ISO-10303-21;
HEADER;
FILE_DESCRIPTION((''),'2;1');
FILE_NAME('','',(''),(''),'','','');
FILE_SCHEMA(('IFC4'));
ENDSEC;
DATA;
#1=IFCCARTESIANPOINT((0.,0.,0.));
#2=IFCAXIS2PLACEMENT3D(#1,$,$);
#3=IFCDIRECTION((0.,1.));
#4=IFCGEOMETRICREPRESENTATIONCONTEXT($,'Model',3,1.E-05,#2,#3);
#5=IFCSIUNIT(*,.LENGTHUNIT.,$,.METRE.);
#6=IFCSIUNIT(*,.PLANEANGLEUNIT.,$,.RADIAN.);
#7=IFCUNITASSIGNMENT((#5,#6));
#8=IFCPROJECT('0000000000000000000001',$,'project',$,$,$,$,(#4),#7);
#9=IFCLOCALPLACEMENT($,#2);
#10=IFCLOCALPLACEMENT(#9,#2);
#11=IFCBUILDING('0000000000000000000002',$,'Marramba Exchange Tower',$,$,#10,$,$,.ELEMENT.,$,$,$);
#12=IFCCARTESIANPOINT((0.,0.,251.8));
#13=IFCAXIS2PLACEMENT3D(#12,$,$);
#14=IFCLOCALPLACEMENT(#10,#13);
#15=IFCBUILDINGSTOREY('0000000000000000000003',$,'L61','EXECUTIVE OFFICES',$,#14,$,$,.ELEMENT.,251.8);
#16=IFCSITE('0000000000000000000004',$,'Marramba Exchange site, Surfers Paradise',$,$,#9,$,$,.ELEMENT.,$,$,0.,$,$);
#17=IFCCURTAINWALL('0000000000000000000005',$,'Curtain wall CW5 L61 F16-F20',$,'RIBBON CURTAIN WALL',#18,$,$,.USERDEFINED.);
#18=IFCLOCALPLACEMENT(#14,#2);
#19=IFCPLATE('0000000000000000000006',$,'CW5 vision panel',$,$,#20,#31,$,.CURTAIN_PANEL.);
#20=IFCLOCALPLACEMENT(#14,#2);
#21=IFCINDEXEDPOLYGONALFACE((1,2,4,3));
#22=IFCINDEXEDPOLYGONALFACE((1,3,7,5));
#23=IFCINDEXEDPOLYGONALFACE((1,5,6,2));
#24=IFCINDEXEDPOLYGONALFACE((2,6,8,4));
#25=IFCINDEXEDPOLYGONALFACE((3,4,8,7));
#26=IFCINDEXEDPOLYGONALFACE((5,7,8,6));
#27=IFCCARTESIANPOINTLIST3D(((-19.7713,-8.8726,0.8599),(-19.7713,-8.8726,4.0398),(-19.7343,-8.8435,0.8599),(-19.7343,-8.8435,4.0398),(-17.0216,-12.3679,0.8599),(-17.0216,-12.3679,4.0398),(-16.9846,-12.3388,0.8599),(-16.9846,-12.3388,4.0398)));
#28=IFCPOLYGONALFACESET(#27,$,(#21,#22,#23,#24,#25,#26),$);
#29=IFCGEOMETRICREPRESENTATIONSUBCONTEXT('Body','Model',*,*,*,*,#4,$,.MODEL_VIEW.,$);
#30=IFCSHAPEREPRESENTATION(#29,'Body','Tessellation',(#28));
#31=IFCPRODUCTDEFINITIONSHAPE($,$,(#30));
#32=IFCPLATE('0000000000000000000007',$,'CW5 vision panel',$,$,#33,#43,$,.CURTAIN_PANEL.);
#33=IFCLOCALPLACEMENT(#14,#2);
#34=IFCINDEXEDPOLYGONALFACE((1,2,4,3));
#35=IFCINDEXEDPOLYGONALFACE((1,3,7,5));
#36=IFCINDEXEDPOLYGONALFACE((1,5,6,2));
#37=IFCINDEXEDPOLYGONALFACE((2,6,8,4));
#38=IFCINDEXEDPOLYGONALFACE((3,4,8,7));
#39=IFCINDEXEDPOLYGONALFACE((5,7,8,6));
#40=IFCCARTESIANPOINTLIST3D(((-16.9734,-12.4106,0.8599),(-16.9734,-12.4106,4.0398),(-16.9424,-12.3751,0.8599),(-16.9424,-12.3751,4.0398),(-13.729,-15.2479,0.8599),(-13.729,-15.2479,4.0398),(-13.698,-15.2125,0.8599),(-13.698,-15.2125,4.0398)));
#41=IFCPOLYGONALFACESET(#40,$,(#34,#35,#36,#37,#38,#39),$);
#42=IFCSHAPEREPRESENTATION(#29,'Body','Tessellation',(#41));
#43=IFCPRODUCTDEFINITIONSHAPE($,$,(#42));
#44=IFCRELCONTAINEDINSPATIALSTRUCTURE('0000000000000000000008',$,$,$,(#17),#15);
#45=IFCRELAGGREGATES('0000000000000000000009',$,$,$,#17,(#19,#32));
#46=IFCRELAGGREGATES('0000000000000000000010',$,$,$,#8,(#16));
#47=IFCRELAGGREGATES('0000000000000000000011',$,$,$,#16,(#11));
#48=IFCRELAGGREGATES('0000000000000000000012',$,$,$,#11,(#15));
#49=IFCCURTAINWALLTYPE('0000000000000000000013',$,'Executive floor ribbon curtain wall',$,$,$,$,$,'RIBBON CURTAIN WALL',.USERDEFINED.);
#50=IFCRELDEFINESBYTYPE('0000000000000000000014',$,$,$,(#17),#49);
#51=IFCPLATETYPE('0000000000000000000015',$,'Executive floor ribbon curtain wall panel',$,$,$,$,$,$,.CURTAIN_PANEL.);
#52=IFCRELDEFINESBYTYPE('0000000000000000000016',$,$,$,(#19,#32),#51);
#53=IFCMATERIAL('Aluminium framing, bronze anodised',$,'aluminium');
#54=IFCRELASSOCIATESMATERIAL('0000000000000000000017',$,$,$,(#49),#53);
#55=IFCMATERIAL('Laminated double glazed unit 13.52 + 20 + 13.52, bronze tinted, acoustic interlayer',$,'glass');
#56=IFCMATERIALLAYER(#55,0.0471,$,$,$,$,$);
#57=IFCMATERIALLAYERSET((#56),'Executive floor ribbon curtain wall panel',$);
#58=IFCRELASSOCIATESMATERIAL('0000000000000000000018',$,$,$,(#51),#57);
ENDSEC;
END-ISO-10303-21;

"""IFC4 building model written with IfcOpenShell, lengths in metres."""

from ifc_helpers import new_model, si_unit, direction, frame, origin, origin_2d, place, context, subcontext, project, spatial, rectangle, extrude, material, layer, layer_set, type_object, element, aggregate, save


model = new_model("IFC4")

# Units and contexts
model_context = context("Model", 3, precision=1e-05, world=origin(), true_north=direction((0.0, 1.0)))
body_context = subcontext(model_context, "Body", "Model", "MODEL_VIEW")
ifc_project = project(units=[si_unit("LENGTHUNIT", "METRE"), si_unit("PLANEANGLEUNIT", "RADIAN")], contexts=[model_context])

# Site, building, storey
site_placement = place(None, origin())
site = spatial("IfcSite", under=ifc_project, at=site_placement, Name="Marramba Exchange site, Surfers Paradise", CompositionType="ELEMENT", RefElevation=0.0)
building_placement = place(site_placement, origin())
building = spatial("IfcBuilding", under=site, at=building_placement, Name="Marramba Exchange Tower", CompositionType="ELEMENT")
storey_placement = place(building_placement, frame((0.0, 0.0, 251.8)))
storey = spatial("IfcBuildingStorey", under=building, at=storey_placement, Name="L61", Description="EXECUTIVE OFFICES", CompositionType="ELEMENT", Elevation=251.8)

# Curtain wall
ifc_material_1 = material(Name="Aluminium framing, bronze anodised", Category="aluminium")
curtain_wall_type = type_object("IfcCurtainWallType", Name="Executive floor ribbon curtain wall", ElementType="RIBBON CURTAIN WALL", PredefinedType="USERDEFINED", material=ifc_material_1)
curtain_wall_placement = place(storey_placement, origin())
curtain_wall = element("IfcCurtainWall", 1, at=curtain_wall_placement, inside=storey, type_object=curtain_wall_type, Name="Curtain wall CW5 L61 F16-F20", ObjectType="RIBBON CURTAIN WALL", PredefinedType="USERDEFINED")

# Plates
ifc_material_2 = material(Name="Laminated double glazed unit 13.52 + 20 + 13.52, bronze tinted, acoustic interlayer", Category="glass")
ifc_layer_1 = layer(ifc_material_2, 0.0471)
ifc_layer_set_1 = layer_set([ifc_layer_1], Name="Executive floor ribbon curtain wall panel")
plate_type = type_object("IfcPlateType", Name="Executive floor ribbon curtain wall panel", PredefinedType="CURTAIN_PANEL", material=ifc_layer_set_1)
plate_1_placement = place(storey_placement, frame((-18.3779, -10.6057, 0.8599), z_axis=(0.0, 0.0, 1.0), x_axis=(0.618291, -0.78595, 0.0)))
plate_1 = element("IfcPlate", 2, at=plate_1_placement, type_object=plate_type, Name="CW5 vision panel", PredefinedType="CURTAIN_PANEL", context=body_context, shape_type="SweptSolid", body=[
    extrude(rectangle(XDim=4.4473, YDim=0.0471, at=origin_2d()), origin(), (0.0, 0.0, 1.0), 3.1799),
])
plate_2_placement = place(storey_placement, frame((-15.3357, -13.8115, 0.8599), z_axis=(0.0, 0.0, 1.0), x_axis=(0.752751, -0.658305, 0.0)))
plate_2 = element("IfcPlate", 3, at=plate_2_placement, type_object=plate_type, Name="CW5 vision panel", PredefinedType="CURTAIN_PANEL", context=body_context, shape_type="SweptSolid", body=[
    extrude(rectangle(XDim=4.3101, YDim=0.0471, at=origin_2d()), origin(), (0.0, 0.0, 1.0), 3.1799),
])
aggregate(curtain_wall, [plate_1, plate_2])

save(model, "model.ifc")
